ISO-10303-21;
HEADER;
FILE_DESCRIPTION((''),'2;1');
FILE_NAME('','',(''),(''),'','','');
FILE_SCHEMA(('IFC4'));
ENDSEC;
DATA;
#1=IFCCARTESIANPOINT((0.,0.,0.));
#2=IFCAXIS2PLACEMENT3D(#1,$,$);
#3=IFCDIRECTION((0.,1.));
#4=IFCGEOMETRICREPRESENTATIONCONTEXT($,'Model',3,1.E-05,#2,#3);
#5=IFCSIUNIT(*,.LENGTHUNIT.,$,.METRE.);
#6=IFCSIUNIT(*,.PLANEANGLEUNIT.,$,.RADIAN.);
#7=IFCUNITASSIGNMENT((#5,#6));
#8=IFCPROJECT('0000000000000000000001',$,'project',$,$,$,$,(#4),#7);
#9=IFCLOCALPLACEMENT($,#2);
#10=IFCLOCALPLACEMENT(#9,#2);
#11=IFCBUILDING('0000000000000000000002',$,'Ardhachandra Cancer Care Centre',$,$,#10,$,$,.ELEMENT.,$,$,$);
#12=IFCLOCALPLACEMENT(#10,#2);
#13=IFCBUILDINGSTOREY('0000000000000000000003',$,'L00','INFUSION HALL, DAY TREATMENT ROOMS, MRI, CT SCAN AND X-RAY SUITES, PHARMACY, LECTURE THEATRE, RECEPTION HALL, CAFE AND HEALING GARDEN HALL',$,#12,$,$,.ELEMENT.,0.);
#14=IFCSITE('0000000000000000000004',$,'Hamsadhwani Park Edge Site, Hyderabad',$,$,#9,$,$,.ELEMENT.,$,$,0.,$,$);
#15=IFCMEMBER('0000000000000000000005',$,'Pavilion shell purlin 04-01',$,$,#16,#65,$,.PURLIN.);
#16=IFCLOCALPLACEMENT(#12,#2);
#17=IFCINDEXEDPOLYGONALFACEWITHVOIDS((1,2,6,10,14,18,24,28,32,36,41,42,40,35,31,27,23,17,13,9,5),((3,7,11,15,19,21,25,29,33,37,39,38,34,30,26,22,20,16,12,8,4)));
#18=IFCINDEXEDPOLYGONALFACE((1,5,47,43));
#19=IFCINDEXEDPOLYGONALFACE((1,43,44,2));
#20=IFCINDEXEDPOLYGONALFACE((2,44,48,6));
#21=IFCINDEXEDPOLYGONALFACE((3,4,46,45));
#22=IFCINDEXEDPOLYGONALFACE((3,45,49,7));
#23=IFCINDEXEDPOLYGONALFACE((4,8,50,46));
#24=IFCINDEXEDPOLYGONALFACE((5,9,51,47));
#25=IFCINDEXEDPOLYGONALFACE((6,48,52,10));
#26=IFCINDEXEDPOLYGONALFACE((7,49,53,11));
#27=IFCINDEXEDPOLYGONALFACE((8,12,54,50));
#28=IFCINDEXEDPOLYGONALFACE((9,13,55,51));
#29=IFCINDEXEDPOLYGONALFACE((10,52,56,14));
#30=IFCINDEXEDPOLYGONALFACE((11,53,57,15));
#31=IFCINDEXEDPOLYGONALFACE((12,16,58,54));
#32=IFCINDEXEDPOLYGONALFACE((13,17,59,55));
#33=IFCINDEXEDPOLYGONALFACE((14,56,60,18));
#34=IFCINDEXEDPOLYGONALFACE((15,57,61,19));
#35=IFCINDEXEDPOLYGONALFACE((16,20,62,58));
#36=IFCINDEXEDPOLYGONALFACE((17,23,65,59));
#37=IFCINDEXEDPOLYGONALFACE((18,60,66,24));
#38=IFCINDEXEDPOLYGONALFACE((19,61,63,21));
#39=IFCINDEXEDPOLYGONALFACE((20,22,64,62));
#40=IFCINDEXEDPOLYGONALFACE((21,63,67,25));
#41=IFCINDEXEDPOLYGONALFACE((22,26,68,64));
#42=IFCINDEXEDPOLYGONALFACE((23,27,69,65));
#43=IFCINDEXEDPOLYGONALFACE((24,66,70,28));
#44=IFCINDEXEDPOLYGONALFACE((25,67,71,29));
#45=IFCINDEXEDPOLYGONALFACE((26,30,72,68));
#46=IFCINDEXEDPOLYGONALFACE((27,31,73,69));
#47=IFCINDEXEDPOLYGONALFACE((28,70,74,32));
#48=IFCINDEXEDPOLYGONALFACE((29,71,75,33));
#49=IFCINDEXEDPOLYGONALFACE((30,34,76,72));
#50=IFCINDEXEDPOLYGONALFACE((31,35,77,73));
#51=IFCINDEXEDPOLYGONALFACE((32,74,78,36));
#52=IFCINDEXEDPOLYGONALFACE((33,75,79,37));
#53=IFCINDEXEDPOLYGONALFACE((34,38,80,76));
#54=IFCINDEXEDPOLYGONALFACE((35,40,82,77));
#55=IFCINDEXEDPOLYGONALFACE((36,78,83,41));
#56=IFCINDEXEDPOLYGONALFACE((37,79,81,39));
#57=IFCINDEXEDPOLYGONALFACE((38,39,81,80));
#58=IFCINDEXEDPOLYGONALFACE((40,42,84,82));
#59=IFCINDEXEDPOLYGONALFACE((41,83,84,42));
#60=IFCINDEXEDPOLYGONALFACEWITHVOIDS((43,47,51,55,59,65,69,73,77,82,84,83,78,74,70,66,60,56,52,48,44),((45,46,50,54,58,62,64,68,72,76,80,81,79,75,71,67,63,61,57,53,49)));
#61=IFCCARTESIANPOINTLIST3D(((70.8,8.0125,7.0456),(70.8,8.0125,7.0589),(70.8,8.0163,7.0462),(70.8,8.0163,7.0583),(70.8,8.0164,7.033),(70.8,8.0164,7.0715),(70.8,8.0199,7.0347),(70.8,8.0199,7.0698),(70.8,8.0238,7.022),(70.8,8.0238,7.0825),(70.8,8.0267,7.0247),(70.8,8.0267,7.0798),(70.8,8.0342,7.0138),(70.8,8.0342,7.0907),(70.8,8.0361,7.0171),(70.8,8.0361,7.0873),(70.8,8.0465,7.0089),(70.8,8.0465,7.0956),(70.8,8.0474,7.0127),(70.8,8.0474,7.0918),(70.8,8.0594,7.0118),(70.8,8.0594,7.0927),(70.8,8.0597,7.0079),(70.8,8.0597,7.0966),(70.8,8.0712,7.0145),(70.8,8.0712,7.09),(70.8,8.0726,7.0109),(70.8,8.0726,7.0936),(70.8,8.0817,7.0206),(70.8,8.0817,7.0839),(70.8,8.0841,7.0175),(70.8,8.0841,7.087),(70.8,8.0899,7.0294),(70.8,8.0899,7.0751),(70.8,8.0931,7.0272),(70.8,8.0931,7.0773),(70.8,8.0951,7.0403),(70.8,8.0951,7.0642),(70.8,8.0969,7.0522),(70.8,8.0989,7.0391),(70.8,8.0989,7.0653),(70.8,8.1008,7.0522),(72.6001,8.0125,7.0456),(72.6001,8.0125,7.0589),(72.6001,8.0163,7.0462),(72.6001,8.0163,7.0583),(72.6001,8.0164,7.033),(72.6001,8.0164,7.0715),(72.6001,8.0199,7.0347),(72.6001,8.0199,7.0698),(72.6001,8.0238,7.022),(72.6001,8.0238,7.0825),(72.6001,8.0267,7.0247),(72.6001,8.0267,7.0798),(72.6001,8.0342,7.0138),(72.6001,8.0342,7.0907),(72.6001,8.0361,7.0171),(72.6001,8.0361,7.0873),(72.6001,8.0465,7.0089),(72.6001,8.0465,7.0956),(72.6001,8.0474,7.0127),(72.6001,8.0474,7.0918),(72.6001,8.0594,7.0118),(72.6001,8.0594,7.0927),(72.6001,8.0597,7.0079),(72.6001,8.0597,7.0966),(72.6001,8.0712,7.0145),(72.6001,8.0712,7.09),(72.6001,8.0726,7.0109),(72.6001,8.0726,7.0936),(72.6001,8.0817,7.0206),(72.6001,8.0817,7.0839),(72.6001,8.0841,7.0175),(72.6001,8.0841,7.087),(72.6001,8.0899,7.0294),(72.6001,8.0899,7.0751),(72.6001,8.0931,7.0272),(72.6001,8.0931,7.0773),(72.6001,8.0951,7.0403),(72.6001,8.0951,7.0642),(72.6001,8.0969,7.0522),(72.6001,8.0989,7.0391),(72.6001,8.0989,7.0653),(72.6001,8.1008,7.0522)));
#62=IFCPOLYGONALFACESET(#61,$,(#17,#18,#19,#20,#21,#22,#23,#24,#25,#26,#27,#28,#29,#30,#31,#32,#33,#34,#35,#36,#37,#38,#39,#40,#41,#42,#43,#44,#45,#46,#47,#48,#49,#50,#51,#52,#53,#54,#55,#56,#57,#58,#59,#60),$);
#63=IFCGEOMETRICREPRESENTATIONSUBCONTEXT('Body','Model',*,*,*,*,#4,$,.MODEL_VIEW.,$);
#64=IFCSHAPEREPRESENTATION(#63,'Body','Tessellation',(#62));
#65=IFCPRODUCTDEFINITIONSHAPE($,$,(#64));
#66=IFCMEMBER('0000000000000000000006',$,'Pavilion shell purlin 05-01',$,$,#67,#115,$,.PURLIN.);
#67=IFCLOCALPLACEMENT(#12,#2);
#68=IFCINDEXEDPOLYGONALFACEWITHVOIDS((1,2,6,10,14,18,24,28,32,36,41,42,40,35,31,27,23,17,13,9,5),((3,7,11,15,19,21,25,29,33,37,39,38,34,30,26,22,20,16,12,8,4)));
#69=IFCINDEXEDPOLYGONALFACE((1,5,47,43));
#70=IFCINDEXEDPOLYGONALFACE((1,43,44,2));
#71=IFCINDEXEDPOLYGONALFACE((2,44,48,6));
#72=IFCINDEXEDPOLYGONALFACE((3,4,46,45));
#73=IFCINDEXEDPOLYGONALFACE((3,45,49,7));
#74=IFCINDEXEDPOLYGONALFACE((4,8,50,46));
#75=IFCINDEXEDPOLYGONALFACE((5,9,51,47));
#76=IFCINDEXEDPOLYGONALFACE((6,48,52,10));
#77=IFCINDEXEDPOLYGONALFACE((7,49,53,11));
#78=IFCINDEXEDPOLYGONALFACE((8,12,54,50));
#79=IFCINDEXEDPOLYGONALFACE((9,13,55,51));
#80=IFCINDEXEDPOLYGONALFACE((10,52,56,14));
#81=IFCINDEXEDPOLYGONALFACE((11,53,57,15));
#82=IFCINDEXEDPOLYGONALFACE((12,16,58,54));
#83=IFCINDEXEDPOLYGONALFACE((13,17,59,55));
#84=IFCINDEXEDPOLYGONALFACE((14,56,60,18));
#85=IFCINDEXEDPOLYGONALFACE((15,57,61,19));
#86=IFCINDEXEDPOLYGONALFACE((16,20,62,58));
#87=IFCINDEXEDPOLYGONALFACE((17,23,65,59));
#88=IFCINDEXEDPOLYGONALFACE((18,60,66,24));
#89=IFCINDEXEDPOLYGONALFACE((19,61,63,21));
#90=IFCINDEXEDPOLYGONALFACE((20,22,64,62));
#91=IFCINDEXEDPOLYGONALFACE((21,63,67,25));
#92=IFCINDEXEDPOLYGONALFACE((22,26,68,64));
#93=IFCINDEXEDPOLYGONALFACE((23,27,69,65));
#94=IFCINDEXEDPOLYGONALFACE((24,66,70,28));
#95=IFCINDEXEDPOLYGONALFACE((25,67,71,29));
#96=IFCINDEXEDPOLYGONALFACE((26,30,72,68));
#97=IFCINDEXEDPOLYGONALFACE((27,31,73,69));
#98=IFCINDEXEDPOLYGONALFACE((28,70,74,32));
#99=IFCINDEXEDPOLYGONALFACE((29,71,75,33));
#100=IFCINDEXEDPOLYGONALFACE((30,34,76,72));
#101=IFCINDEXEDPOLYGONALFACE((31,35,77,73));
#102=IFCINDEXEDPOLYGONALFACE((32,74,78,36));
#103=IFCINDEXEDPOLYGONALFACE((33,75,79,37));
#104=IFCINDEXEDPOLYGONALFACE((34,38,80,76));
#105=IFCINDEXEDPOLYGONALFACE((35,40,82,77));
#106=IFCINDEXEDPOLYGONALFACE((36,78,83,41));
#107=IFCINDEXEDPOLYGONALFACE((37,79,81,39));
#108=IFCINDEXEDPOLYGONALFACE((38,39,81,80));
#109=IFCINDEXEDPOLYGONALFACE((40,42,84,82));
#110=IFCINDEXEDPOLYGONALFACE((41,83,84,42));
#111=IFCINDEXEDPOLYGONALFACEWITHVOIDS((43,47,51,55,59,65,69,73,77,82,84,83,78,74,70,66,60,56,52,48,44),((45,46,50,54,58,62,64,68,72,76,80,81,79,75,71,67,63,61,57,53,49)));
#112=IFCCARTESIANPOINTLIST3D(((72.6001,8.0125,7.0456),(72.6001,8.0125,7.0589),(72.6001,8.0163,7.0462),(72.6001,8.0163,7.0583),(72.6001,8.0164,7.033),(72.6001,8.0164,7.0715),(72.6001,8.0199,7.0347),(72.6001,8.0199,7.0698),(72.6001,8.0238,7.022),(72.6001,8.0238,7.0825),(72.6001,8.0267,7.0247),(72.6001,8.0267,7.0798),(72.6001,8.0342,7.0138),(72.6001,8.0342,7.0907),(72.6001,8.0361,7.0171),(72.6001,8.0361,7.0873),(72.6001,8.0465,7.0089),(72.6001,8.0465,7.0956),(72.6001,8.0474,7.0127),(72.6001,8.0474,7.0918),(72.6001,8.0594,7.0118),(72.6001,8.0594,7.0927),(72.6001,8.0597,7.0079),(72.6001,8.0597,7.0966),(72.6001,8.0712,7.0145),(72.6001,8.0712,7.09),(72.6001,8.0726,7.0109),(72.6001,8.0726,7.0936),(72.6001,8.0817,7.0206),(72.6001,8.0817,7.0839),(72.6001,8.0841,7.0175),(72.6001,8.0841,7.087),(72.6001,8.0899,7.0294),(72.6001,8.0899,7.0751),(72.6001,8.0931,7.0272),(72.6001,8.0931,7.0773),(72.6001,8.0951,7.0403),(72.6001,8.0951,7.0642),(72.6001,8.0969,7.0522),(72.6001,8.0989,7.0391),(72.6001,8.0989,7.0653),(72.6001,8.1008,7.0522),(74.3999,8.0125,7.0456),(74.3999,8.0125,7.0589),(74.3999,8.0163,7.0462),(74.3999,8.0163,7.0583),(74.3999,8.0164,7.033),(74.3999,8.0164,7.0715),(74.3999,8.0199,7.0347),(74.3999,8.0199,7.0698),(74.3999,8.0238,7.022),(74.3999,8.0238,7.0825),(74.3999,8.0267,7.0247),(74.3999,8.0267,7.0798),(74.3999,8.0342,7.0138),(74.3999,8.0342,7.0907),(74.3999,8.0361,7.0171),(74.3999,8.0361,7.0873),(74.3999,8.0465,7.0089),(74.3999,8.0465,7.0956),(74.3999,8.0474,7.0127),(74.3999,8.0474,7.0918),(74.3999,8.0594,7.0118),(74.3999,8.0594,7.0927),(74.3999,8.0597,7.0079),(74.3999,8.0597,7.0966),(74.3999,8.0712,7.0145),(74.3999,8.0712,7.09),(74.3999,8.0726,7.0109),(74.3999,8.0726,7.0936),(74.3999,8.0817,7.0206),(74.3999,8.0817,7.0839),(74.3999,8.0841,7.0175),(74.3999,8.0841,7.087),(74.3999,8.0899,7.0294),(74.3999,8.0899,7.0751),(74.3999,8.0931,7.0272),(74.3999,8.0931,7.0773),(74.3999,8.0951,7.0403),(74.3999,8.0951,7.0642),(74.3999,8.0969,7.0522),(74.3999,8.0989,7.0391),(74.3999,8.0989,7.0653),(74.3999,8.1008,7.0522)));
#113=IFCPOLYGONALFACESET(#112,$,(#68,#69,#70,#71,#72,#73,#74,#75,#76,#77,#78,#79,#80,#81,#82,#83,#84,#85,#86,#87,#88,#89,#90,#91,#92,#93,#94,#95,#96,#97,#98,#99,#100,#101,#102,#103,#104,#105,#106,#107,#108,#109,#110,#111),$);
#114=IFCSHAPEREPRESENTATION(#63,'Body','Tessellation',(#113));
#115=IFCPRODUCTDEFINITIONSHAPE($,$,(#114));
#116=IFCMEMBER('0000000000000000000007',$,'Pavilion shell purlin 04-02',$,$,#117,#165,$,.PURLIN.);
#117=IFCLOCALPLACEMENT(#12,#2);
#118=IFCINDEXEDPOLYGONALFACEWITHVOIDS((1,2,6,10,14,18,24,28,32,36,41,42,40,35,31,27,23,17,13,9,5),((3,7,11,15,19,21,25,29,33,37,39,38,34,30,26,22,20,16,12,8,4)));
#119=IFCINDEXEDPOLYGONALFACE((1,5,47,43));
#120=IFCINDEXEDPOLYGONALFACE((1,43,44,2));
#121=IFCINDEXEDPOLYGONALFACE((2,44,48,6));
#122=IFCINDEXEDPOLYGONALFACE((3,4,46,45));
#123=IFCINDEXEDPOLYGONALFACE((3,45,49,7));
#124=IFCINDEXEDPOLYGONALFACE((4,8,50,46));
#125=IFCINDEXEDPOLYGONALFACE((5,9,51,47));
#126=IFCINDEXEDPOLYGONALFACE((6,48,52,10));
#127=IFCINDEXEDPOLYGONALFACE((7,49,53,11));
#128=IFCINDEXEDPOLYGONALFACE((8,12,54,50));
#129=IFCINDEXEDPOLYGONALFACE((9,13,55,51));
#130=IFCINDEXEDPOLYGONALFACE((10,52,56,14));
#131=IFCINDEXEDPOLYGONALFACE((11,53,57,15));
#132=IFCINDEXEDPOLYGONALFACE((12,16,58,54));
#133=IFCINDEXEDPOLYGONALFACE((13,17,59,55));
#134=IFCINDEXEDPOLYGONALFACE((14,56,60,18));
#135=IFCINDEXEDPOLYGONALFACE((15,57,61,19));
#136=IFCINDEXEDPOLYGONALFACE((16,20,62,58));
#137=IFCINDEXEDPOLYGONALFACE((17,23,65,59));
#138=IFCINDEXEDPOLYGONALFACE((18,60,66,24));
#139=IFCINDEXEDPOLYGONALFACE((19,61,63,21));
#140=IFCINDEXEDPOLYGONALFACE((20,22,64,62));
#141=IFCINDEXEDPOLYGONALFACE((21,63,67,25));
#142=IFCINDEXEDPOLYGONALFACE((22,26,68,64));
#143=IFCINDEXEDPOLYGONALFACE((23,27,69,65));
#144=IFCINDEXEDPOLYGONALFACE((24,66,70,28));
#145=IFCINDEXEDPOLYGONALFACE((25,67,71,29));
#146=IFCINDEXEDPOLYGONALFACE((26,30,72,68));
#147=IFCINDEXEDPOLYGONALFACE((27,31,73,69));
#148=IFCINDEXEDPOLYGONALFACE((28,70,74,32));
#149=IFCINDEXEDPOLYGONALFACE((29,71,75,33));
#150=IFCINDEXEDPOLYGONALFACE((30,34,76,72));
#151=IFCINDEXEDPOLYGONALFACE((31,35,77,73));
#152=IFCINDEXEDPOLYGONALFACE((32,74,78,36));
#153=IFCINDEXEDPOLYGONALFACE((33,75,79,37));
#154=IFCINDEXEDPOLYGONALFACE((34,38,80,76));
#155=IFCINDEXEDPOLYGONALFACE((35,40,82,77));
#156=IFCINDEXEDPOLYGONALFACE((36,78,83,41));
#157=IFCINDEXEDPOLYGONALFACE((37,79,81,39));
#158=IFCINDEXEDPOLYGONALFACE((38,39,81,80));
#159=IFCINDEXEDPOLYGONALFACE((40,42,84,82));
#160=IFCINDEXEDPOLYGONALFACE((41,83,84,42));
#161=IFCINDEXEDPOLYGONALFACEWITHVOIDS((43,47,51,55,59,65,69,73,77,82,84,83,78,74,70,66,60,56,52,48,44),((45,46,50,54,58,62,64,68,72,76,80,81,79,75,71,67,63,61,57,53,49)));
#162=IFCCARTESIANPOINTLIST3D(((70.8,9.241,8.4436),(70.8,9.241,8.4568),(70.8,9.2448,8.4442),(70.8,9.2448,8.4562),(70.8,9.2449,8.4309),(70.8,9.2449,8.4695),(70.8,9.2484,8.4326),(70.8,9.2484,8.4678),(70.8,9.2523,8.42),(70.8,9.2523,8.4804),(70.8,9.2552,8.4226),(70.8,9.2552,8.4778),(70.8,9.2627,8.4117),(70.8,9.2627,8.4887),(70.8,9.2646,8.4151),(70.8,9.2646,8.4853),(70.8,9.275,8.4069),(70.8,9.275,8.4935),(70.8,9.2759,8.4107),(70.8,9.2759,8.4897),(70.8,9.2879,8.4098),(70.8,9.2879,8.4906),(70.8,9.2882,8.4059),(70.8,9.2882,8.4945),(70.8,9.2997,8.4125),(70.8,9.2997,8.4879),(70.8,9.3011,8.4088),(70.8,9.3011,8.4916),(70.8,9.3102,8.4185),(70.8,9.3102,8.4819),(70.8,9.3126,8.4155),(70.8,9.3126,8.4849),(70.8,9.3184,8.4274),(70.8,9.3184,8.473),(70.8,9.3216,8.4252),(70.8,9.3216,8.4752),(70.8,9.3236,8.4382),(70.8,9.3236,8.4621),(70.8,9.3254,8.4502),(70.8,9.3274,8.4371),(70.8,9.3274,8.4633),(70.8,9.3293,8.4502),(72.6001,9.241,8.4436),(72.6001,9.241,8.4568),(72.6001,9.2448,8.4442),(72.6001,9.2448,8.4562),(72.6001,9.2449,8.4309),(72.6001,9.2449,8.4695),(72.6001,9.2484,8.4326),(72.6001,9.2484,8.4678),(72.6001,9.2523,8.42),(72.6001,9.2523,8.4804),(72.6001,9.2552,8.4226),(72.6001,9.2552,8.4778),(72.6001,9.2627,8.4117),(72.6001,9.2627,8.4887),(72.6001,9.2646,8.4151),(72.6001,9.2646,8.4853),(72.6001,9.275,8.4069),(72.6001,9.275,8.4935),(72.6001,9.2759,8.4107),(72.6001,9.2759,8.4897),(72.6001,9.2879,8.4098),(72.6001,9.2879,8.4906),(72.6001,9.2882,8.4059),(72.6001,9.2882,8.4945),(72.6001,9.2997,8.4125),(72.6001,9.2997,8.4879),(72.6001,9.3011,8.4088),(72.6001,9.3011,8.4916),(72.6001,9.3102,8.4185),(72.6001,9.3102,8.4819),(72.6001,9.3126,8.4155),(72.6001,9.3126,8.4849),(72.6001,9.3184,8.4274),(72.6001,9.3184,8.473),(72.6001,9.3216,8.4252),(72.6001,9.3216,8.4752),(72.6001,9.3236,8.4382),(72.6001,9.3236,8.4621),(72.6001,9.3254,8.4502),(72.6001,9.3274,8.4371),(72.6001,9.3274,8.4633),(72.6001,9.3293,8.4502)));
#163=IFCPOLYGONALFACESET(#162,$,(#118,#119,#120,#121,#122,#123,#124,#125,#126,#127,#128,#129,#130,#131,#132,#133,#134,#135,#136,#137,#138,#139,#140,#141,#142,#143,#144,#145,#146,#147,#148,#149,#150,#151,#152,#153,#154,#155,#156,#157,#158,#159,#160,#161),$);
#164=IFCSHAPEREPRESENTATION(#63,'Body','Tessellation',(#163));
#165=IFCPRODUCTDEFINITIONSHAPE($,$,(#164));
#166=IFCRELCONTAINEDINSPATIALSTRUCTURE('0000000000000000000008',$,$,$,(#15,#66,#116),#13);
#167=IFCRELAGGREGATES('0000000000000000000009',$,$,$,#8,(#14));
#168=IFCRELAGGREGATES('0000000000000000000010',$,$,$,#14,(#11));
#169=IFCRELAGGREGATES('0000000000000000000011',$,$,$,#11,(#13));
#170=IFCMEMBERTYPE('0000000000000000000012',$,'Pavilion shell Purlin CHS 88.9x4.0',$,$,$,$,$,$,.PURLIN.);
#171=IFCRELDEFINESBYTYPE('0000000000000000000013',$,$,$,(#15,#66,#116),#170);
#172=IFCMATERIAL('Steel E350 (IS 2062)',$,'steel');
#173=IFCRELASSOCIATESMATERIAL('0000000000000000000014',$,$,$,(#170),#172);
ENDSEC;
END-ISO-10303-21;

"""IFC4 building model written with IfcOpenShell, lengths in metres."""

from ifc_helpers import new_model, si_unit, direction, frame, origin, origin_2d, place, context, subcontext, project, spatial, hollow_circle, extrude, material, material_profile, profile_set, type_object, element, save


model = new_model("IFC4")

# Units and contexts
model_context = context("Model", 3, precision=1e-05, world=origin(), true_north=direction((0.0, 1.0)))
body_context = subcontext(model_context, "Body", "Model", "MODEL_VIEW")
ifc_project = project(units=[si_unit("LENGTHUNIT", "METRE"), si_unit("PLANEANGLEUNIT", "RADIAN")], contexts=[model_context])

# Site, building, storey
site_placement = place(None, origin())
site = spatial("IfcSite", under=ifc_project, at=site_placement, Name="Hamsadhwani Park Edge Site, Hyderabad", CompositionType="ELEMENT", RefElevation=0.0)
building_placement = place(site_placement, origin())
building = spatial("IfcBuilding", under=site, at=building_placement, Name="Ardhachandra Cancer Care Centre", CompositionType="ELEMENT")
storey_placement = place(building_placement, origin())
storey = spatial("IfcBuildingStorey", under=building, at=storey_placement, Name="L00", Description="INFUSION HALL, DAY TREATMENT ROOMS, MRI, CT SCAN AND X-RAY SUITES, PHARMACY, LECTURE THEATRE, RECEPTION HALL, CAFE AND HEALING GARDEN HALL", CompositionType="ELEMENT", Elevation=0.0)

# Members
ifc_material_1 = material(Name="Steel E350 (IS 2062)", Category="steel")
ifc_material_profile_1 = material_profile(ifc_material_1, hollow_circle(Radius=0.0444, WallThickness=0.0039, at=origin_2d()), Name="CHS 88.9x4.0")
ifc_profile_set_1 = profile_set([ifc_material_profile_1], Name="Steel E350 (IS 2062)")
member_type_1 = type_object("IfcMemberType", Name="Pavilion shell Purlin CHS 88.9x4.0", PredefinedType="PURLIN", material=ifc_profile_set_1)
member_1_placement = place(storey_placement, frame((70.8, 8.0564, 7.0522), z_axis=(1.0, 0.0, 0.0), x_axis=(0.0, 1.0, 0.0)))
element("IfcMember", 1, at=member_1_placement, inside=storey, type_object=member_type_1, Name="Pavilion shell purlin 04-01", PredefinedType="PURLIN", context=body_context, shape_type="SweptSolid", body=[
    extrude(hollow_circle(Radius=0.0444, WallThickness=0.0039, at=origin_2d()), origin(), (0.0, 0.0, 1.0), 1.8),
])
member_2_placement = place(storey_placement, frame((72.6001, 8.0564, 7.0522), z_axis=(1.0, 0.0, 0.0), x_axis=(0.0, 1.0, 0.0)))
element("IfcMember", 2, at=member_2_placement, inside=storey, type_object=member_type_1, Name="Pavilion shell purlin 05-01", PredefinedType="PURLIN", context=body_context, shape_type="SweptSolid", body=[
    extrude(hollow_circle(Radius=0.0444, WallThickness=0.0039, at=origin_2d()), origin(), (0.0, 0.0, 1.0), 1.7998),
])
member_3_placement = place(storey_placement, frame((70.8, 9.2849, 8.4502), z_axis=(1.0, 0.0, 0.0), x_axis=(0.0, 1.0, 0.0)))
element("IfcMember", 3, at=member_3_placement, inside=storey, type_object=member_type_1, Name="Pavilion shell purlin 04-02", PredefinedType="PURLIN", context=body_context, shape_type="SweptSolid", body=[
    extrude(hollow_circle(Radius=0.0444, WallThickness=0.0039, at=origin_2d()), origin(), (0.0, 0.0, 1.0), 1.8),
])

save(model, "model.ifc")
